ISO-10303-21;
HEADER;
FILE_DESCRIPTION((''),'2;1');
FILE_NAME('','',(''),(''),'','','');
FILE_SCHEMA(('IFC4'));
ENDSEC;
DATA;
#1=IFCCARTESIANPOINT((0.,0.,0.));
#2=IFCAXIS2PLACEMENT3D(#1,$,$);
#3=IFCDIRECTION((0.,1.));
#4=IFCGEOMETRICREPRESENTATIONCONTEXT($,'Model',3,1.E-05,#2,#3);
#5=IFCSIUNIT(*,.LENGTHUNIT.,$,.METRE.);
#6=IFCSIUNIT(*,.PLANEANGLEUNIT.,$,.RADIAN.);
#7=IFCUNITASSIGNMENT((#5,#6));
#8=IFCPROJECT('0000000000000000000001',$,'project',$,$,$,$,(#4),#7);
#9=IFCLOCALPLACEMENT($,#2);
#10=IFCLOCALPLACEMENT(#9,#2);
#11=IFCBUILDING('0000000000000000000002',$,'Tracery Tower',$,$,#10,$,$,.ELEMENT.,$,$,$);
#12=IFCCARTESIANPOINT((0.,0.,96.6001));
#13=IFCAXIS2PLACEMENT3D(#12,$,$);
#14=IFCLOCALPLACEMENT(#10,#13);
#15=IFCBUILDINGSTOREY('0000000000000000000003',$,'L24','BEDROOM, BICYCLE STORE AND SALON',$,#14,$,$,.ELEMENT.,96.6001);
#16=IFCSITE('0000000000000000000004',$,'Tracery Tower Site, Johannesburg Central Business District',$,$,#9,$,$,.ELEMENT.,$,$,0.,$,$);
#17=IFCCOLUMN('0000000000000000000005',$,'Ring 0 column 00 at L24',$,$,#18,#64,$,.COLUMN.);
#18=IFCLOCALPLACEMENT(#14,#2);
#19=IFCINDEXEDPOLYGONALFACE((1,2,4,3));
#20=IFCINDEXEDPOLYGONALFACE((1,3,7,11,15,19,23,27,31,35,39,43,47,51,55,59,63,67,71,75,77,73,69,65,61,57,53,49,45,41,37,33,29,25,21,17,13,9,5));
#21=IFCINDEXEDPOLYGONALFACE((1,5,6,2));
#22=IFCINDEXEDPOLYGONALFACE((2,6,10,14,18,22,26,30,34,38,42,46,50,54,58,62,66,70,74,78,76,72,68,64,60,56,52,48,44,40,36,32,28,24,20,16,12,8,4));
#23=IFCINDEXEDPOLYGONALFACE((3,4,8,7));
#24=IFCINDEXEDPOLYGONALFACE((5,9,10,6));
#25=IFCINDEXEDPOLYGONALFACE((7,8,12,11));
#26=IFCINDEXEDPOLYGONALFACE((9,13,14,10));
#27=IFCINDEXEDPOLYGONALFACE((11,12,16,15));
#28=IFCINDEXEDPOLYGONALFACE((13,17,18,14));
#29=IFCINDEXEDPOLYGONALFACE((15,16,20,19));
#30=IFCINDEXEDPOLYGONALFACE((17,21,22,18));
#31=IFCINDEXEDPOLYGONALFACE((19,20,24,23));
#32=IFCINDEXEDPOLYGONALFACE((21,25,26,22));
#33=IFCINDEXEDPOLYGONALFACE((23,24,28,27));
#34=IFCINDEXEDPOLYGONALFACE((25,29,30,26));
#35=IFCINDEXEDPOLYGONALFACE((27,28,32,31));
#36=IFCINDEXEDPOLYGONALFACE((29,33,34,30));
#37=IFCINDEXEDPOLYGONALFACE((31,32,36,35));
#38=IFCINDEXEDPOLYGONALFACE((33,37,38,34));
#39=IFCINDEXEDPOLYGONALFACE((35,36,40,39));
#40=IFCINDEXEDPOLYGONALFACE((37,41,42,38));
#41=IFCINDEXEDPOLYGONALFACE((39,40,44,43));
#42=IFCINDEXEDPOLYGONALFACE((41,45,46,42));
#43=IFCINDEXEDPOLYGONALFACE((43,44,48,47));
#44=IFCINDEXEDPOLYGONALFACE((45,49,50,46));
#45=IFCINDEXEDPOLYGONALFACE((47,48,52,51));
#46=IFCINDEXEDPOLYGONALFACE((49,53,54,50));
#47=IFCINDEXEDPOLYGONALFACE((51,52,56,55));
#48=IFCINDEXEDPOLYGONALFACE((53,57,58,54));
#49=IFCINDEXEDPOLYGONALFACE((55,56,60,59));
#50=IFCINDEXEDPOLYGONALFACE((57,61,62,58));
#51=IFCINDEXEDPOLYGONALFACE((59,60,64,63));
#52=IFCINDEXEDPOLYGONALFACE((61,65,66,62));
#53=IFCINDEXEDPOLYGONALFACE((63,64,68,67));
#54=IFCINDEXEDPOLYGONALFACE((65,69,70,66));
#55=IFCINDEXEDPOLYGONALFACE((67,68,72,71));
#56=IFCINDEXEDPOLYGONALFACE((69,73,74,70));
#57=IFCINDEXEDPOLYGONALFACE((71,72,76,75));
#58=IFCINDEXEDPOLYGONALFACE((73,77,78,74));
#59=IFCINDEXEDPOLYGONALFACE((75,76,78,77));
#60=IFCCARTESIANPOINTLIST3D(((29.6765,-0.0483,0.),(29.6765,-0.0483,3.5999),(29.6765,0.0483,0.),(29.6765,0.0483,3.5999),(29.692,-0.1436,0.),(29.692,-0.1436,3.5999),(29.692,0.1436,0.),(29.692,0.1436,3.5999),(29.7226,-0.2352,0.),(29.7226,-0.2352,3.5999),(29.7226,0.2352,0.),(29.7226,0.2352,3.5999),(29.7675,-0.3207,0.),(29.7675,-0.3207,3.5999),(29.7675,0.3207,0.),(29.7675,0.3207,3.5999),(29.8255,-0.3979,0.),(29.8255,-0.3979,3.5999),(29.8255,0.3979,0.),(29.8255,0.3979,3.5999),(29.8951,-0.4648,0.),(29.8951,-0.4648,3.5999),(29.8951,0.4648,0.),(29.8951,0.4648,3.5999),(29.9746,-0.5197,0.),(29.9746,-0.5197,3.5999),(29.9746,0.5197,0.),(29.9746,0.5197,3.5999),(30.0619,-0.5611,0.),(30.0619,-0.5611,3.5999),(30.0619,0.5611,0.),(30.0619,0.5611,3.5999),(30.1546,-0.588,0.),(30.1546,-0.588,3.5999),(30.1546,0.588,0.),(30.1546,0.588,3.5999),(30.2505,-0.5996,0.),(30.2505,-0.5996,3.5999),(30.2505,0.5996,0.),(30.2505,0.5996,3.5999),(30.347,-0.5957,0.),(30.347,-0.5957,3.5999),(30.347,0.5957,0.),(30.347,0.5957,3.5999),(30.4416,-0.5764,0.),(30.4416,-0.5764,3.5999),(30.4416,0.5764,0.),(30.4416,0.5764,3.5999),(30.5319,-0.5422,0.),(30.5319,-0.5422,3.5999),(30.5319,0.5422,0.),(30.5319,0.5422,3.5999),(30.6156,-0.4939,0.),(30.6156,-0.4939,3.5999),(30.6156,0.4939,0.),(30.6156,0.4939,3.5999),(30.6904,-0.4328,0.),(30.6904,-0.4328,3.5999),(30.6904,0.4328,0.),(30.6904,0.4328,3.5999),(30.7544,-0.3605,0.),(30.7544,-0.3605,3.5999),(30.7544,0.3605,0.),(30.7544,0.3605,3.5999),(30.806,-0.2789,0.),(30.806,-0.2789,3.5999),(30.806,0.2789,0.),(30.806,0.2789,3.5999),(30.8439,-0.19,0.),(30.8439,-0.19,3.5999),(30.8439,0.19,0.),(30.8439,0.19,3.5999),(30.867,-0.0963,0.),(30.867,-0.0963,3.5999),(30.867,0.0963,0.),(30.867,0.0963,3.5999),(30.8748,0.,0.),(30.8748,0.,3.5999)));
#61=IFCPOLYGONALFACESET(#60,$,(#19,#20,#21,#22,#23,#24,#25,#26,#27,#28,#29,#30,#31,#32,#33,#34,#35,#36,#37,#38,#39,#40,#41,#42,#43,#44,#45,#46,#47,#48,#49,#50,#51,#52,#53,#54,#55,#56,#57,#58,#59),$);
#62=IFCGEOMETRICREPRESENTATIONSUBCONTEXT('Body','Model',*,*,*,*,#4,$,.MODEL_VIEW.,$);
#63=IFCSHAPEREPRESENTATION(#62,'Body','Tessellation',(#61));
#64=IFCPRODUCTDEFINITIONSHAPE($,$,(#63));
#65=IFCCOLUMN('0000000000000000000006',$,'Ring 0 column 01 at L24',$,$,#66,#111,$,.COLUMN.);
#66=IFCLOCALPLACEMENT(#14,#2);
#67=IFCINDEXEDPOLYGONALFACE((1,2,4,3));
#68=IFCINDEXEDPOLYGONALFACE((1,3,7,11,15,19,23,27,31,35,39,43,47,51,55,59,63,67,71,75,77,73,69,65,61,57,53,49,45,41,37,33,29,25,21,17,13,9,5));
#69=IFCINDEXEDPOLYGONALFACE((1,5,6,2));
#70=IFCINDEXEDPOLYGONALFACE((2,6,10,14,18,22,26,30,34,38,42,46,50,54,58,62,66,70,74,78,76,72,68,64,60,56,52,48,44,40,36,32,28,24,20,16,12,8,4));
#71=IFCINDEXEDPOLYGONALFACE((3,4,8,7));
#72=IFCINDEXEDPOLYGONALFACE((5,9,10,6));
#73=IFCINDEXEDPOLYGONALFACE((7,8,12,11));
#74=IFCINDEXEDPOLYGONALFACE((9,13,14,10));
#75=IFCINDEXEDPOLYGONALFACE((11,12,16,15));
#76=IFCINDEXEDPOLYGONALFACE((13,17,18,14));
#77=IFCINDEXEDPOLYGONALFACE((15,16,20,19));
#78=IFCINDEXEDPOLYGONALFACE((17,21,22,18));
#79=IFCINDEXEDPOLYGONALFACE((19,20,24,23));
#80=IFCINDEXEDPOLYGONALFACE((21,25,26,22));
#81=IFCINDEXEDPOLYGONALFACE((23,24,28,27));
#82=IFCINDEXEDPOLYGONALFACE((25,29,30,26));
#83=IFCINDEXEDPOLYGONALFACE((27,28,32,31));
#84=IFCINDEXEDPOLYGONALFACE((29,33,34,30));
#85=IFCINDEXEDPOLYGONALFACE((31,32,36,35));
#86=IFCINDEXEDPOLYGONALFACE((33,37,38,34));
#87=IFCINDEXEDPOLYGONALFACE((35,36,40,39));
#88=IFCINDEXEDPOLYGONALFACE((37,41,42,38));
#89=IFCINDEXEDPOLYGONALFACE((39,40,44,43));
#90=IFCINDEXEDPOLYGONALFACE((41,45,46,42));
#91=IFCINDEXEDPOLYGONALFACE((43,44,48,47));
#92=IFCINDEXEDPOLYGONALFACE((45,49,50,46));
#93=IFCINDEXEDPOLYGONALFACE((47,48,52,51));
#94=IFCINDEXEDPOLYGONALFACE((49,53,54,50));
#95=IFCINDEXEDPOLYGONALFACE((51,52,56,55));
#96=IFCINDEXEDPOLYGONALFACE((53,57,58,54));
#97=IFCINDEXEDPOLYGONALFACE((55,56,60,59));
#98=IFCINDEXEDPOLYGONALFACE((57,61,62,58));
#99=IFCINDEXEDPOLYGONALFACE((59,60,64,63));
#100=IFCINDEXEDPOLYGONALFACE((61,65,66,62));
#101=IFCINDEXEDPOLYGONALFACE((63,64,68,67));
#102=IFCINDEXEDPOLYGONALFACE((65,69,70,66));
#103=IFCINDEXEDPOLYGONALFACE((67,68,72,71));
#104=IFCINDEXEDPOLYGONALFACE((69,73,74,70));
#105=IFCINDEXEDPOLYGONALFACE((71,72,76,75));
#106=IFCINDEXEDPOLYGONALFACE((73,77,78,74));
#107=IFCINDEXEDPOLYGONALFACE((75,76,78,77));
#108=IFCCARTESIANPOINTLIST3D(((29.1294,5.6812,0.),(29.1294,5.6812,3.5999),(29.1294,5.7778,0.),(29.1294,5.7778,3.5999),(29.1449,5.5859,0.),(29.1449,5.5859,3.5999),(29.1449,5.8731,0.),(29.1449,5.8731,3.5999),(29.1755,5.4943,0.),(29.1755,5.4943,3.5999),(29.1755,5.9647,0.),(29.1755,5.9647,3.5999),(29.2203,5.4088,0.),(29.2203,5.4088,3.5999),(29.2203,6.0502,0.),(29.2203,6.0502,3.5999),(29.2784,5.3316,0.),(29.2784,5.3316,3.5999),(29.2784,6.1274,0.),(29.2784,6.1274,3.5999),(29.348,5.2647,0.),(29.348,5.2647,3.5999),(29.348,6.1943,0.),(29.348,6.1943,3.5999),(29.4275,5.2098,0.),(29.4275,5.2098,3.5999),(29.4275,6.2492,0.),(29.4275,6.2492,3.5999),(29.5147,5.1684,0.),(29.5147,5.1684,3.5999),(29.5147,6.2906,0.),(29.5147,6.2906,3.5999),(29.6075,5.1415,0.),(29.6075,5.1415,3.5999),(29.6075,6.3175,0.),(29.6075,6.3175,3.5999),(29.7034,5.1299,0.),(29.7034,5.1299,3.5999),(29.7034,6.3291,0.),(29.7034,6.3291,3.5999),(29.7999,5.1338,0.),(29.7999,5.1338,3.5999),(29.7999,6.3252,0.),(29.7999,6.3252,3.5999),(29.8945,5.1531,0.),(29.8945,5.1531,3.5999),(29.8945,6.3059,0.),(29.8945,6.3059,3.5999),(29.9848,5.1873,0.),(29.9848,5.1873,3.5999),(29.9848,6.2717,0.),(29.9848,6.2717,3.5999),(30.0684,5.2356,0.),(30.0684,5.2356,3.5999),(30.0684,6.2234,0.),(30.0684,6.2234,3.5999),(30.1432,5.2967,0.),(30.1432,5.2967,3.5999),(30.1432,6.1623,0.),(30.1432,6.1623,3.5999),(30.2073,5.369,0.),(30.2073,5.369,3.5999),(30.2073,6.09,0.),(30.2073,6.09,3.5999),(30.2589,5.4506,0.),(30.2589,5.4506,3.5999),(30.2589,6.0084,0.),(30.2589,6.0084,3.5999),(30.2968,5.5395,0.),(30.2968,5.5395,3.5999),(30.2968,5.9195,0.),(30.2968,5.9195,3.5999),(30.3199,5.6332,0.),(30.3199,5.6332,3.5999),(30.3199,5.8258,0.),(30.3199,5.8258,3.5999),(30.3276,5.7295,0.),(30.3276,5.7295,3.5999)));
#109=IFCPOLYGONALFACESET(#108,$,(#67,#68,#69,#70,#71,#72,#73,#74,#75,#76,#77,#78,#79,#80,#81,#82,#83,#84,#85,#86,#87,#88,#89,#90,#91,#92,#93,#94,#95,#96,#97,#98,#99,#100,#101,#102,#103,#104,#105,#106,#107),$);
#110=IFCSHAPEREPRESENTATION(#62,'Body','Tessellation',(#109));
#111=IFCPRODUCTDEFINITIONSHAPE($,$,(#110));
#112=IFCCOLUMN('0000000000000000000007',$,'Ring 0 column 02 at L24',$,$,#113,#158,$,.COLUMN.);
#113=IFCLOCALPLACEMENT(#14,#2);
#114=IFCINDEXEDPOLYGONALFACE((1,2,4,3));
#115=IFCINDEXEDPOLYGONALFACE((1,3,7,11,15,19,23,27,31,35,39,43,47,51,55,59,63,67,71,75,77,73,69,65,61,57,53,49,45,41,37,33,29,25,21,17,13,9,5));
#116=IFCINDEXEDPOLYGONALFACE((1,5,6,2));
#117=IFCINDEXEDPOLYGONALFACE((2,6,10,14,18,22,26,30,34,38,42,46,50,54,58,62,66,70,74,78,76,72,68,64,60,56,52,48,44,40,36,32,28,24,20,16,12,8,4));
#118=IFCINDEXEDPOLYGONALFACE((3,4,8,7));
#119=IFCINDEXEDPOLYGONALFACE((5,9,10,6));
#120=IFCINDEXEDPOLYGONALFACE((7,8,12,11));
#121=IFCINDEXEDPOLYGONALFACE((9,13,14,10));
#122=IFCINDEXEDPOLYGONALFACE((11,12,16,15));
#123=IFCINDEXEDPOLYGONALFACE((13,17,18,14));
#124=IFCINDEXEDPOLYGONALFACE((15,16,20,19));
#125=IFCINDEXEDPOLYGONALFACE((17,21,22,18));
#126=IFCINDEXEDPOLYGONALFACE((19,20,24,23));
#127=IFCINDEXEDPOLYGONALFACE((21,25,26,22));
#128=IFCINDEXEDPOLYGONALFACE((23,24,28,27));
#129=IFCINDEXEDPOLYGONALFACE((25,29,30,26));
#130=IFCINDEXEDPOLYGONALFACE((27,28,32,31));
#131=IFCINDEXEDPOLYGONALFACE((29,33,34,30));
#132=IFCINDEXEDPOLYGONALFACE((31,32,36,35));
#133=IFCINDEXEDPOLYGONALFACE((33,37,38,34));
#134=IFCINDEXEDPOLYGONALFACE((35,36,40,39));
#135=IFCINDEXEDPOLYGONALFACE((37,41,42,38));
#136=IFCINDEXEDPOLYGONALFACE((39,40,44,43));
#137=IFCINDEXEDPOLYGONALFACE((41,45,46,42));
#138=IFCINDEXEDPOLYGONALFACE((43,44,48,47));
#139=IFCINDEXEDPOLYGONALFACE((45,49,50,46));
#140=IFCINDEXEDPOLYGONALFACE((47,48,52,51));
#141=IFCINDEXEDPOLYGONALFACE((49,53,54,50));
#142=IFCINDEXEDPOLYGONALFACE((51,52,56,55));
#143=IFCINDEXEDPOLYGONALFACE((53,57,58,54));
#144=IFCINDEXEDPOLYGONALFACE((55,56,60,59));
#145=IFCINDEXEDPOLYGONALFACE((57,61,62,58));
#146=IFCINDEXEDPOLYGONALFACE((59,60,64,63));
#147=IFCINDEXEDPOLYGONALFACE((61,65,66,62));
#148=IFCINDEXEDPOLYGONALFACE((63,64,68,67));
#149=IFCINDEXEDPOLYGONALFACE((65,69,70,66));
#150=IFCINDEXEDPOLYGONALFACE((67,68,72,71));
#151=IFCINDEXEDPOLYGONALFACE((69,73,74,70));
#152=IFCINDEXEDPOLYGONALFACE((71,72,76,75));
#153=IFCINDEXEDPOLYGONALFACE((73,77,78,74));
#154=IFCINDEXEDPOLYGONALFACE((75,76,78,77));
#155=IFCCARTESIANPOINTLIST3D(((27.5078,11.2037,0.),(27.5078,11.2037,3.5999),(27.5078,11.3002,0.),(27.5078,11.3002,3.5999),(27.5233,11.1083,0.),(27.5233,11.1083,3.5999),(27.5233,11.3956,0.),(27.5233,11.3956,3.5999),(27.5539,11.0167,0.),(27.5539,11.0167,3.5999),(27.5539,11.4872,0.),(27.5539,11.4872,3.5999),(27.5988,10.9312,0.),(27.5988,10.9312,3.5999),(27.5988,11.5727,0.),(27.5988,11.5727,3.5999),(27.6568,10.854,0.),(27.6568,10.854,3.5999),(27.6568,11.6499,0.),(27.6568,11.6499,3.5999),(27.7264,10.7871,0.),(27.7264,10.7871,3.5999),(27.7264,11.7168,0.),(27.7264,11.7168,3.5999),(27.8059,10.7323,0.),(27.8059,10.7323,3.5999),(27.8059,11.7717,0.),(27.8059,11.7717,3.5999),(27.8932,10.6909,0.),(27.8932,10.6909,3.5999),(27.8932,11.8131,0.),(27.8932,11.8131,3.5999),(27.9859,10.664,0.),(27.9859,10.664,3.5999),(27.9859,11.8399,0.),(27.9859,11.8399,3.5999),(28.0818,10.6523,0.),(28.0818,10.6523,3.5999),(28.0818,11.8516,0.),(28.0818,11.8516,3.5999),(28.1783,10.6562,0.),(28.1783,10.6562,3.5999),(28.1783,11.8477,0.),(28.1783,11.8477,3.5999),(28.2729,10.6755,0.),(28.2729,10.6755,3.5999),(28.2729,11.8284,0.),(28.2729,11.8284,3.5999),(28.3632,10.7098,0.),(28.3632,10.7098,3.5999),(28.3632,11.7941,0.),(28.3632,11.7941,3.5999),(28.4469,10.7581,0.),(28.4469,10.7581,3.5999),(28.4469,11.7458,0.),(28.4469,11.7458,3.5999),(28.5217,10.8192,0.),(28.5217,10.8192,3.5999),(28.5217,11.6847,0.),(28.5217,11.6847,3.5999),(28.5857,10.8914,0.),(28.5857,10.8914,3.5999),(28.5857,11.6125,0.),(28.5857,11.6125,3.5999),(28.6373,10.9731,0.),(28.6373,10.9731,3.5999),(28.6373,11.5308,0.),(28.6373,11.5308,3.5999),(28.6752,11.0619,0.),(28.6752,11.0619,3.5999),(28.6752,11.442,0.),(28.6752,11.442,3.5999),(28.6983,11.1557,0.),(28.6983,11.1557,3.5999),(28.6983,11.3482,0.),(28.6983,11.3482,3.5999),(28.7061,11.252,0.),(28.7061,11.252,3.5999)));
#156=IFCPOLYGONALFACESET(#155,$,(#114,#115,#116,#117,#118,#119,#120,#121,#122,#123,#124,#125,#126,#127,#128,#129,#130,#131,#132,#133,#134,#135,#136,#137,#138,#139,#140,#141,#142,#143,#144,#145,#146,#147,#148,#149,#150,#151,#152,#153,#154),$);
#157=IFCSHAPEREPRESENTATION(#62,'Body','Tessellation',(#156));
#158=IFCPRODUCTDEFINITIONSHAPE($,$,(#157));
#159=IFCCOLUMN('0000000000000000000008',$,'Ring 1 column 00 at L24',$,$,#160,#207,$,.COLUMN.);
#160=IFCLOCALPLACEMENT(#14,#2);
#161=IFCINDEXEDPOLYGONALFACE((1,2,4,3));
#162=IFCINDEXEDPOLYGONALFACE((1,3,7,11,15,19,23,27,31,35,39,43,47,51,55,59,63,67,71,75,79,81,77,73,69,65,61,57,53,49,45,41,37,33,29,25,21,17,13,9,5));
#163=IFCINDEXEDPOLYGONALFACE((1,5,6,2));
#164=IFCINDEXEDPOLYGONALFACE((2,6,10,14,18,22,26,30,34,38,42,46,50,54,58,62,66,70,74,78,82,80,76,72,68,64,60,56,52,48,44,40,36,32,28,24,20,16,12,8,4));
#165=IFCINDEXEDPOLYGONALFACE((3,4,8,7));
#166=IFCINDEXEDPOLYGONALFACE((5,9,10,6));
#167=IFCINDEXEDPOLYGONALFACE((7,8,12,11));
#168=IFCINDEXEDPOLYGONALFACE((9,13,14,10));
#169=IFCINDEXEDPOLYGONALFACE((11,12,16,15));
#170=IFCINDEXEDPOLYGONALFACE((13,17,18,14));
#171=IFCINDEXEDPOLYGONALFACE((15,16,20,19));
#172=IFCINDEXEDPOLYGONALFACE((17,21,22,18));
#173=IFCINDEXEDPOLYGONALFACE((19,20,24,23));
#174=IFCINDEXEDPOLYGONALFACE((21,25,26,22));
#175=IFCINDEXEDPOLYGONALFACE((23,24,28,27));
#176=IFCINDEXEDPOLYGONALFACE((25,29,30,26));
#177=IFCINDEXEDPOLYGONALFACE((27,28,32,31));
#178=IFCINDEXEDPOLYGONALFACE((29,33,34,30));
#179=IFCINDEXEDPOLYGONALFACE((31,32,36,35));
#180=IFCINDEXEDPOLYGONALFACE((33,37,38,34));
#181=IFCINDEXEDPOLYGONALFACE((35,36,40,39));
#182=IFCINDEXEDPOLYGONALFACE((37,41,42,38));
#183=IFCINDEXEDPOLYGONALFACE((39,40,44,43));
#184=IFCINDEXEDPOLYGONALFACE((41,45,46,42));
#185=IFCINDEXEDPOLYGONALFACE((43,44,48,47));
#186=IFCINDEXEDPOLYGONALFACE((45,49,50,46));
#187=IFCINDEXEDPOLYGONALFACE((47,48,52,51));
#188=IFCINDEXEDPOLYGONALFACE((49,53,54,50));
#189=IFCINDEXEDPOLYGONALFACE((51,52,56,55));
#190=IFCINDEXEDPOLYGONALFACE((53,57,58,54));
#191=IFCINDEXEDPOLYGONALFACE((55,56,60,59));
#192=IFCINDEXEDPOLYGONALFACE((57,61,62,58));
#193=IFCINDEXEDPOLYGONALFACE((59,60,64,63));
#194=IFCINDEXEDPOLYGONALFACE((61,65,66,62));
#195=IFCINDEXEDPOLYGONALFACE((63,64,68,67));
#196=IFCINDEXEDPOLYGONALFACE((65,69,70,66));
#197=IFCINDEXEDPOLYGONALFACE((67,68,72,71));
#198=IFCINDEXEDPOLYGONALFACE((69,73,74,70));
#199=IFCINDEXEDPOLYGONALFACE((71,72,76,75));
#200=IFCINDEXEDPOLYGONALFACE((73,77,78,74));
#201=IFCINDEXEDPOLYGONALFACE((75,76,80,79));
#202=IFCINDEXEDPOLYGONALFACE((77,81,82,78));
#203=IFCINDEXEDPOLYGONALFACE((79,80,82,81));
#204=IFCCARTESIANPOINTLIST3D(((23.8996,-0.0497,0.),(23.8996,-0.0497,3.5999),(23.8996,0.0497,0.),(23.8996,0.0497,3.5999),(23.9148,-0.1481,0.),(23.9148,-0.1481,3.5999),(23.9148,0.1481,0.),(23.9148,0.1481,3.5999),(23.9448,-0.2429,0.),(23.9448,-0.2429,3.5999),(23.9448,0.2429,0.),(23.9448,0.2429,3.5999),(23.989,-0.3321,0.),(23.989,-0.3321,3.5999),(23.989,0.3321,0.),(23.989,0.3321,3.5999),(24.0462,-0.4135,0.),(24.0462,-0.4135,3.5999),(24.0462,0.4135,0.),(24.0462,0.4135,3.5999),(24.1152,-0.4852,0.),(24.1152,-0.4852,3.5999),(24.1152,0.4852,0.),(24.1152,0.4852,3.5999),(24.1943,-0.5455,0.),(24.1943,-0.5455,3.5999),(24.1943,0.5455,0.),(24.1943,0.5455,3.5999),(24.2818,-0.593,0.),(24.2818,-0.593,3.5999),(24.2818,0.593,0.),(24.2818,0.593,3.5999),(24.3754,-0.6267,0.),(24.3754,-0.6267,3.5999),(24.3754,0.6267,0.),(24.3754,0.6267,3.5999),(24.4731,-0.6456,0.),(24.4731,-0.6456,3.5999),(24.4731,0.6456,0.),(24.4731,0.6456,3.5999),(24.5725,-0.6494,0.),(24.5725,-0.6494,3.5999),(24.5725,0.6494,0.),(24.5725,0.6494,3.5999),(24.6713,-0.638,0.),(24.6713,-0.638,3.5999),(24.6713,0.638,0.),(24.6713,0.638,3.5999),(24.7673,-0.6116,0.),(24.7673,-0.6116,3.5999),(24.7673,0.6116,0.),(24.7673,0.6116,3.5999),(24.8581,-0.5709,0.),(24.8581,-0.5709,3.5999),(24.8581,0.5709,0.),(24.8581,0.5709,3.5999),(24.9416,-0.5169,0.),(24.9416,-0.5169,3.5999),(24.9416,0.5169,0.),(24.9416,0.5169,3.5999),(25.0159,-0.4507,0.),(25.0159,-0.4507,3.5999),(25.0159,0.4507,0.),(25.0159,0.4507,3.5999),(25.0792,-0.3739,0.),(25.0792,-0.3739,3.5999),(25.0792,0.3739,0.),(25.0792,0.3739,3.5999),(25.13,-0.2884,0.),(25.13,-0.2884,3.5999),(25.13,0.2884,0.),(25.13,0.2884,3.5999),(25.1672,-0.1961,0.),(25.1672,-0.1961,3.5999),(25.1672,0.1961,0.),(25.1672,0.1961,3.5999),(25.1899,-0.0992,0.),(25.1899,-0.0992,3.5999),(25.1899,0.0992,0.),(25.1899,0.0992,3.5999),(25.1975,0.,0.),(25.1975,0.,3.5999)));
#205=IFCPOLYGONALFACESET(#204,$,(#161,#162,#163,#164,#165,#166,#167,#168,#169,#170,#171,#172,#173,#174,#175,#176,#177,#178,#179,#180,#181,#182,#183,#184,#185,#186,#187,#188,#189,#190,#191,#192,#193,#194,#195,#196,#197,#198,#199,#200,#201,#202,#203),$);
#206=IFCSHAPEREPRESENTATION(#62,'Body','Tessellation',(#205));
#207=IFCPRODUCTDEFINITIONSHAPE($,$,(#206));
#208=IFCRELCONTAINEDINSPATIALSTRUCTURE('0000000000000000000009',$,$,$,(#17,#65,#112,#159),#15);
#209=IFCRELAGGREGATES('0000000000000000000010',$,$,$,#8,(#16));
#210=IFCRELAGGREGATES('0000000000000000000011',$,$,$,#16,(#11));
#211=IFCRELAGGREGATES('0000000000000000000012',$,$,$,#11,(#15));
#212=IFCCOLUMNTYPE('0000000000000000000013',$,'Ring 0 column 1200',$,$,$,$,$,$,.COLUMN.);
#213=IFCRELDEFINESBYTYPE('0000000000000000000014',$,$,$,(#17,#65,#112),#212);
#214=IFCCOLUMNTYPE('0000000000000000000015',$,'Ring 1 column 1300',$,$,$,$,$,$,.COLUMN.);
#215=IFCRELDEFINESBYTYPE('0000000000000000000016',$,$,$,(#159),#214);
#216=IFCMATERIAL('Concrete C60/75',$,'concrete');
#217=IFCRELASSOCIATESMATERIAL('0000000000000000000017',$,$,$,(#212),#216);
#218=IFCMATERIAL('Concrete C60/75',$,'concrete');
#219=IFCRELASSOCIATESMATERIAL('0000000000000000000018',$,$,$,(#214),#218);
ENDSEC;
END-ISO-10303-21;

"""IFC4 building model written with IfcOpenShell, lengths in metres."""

from ifc_helpers import new_model, si_unit, direction, frame, origin, origin_2d, place, context, subcontext, project, spatial, circle, extrude, material, material_profile, profile_set, type_object, element, save


model = new_model("IFC4")

# Units and contexts
model_context = context("Model", 3, precision=1e-05, world=origin(), true_north=direction((0.0, 1.0)))
body_context = subcontext(model_context, "Body", "Model", "MODEL_VIEW")
ifc_project = project(units=[si_unit("LENGTHUNIT", "METRE"), si_unit("PLANEANGLEUNIT", "RADIAN")], contexts=[model_context])

# Site, building, storey
site_placement = place(None, origin())
site = spatial("IfcSite", under=ifc_project, at=site_placement, Name="Tracery Tower Site, Johannesburg Central Business District", CompositionType="ELEMENT", RefElevation=0.0)
building_placement = place(site_placement, origin())
building = spatial("IfcBuilding", under=site, at=building_placement, Name="Tracery Tower", CompositionType="ELEMENT")
storey_placement = place(building_placement, frame((0.0, 0.0, 96.6001)))
storey = spatial("IfcBuildingStorey", under=building, at=storey_placement, Name="L24", Description="BEDROOM, BICYCLE STORE AND SALON", CompositionType="ELEMENT", Elevation=96.6001)

# Columns
ifc_material_1 = material(Name="Concrete C60/75", Category="concrete")
ifc_material_profile_1 = material_profile(ifc_material_1, circle(Radius=0.6001, at=origin_2d()), Name="RC D1200")
ifc_profile_set_1 = profile_set([ifc_material_profile_1], Name="Concrete C60/75")
column_type_1 = type_object("IfcColumnType", Name="Ring 0 column 1200", PredefinedType="COLUMN", material=ifc_profile_set_1)
for number, where, z_axis, x_axis, name in (
    (1, (30.2747, 0.0, 0.0), (0.0, 0.0, 1.0), (1.0, 0.0, 0.0), "Ring 0 column 00 at L24"),
    (2, (29.7275, 5.7295, 0.0), (0.0, 0.0, 1.0), (1.0, 0.0, 0.0), "Ring 0 column 01 at L24"),
    (3, (28.106, 11.252, 0.0), (0.0, 0.0, 1.0), (1.0, 0.0, 0.0), "Ring 0 column 02 at L24"),
):
    element("IfcColumn", number, at=place(storey_placement, frame(where, z_axis=z_axis, x_axis=x_axis)), inside=storey, type_object=column_type_1, Name=name, PredefinedType="COLUMN", context=body_context, shape_type="SweptSolid", body=[
        extrude(circle(Radius=0.6001, at=origin_2d()), origin(), (0.0, 0.0, 1.0), 3.5999),
    ])
ifc_material_2 = material(Name="Concrete C60/75", Category="concrete")
ifc_material_profile_2 = material_profile(ifc_material_2, circle(Radius=0.6499, at=origin_2d()), Name="RC D1300")
ifc_profile_set_2 = profile_set([ifc_material_profile_2], Name="Concrete C60/75")
column_type_2 = type_object("IfcColumnType", Name="Ring 1 column 1300", PredefinedType="COLUMN", material=ifc_profile_set_2)
for number, where, z_axis, x_axis, name in (
    (4, (24.5476, 0.0, 0.0), (0.0, 0.0, 1.0), (1.0, 0.0, 0.0), "Ring 1 column 00 at L24"),
):
    element("IfcColumn", number, at=place(storey_placement, frame(where, z_axis=z_axis, x_axis=x_axis)), inside=storey, type_object=column_type_2, Name=name, PredefinedType="COLUMN", context=body_context, shape_type="SweptSolid", body=[
        extrude(circle(Radius=0.6499, at=origin_2d()), origin(), (0.0, 0.0, 1.0), 3.5999),
    ])

save(model, "model.ifc")
